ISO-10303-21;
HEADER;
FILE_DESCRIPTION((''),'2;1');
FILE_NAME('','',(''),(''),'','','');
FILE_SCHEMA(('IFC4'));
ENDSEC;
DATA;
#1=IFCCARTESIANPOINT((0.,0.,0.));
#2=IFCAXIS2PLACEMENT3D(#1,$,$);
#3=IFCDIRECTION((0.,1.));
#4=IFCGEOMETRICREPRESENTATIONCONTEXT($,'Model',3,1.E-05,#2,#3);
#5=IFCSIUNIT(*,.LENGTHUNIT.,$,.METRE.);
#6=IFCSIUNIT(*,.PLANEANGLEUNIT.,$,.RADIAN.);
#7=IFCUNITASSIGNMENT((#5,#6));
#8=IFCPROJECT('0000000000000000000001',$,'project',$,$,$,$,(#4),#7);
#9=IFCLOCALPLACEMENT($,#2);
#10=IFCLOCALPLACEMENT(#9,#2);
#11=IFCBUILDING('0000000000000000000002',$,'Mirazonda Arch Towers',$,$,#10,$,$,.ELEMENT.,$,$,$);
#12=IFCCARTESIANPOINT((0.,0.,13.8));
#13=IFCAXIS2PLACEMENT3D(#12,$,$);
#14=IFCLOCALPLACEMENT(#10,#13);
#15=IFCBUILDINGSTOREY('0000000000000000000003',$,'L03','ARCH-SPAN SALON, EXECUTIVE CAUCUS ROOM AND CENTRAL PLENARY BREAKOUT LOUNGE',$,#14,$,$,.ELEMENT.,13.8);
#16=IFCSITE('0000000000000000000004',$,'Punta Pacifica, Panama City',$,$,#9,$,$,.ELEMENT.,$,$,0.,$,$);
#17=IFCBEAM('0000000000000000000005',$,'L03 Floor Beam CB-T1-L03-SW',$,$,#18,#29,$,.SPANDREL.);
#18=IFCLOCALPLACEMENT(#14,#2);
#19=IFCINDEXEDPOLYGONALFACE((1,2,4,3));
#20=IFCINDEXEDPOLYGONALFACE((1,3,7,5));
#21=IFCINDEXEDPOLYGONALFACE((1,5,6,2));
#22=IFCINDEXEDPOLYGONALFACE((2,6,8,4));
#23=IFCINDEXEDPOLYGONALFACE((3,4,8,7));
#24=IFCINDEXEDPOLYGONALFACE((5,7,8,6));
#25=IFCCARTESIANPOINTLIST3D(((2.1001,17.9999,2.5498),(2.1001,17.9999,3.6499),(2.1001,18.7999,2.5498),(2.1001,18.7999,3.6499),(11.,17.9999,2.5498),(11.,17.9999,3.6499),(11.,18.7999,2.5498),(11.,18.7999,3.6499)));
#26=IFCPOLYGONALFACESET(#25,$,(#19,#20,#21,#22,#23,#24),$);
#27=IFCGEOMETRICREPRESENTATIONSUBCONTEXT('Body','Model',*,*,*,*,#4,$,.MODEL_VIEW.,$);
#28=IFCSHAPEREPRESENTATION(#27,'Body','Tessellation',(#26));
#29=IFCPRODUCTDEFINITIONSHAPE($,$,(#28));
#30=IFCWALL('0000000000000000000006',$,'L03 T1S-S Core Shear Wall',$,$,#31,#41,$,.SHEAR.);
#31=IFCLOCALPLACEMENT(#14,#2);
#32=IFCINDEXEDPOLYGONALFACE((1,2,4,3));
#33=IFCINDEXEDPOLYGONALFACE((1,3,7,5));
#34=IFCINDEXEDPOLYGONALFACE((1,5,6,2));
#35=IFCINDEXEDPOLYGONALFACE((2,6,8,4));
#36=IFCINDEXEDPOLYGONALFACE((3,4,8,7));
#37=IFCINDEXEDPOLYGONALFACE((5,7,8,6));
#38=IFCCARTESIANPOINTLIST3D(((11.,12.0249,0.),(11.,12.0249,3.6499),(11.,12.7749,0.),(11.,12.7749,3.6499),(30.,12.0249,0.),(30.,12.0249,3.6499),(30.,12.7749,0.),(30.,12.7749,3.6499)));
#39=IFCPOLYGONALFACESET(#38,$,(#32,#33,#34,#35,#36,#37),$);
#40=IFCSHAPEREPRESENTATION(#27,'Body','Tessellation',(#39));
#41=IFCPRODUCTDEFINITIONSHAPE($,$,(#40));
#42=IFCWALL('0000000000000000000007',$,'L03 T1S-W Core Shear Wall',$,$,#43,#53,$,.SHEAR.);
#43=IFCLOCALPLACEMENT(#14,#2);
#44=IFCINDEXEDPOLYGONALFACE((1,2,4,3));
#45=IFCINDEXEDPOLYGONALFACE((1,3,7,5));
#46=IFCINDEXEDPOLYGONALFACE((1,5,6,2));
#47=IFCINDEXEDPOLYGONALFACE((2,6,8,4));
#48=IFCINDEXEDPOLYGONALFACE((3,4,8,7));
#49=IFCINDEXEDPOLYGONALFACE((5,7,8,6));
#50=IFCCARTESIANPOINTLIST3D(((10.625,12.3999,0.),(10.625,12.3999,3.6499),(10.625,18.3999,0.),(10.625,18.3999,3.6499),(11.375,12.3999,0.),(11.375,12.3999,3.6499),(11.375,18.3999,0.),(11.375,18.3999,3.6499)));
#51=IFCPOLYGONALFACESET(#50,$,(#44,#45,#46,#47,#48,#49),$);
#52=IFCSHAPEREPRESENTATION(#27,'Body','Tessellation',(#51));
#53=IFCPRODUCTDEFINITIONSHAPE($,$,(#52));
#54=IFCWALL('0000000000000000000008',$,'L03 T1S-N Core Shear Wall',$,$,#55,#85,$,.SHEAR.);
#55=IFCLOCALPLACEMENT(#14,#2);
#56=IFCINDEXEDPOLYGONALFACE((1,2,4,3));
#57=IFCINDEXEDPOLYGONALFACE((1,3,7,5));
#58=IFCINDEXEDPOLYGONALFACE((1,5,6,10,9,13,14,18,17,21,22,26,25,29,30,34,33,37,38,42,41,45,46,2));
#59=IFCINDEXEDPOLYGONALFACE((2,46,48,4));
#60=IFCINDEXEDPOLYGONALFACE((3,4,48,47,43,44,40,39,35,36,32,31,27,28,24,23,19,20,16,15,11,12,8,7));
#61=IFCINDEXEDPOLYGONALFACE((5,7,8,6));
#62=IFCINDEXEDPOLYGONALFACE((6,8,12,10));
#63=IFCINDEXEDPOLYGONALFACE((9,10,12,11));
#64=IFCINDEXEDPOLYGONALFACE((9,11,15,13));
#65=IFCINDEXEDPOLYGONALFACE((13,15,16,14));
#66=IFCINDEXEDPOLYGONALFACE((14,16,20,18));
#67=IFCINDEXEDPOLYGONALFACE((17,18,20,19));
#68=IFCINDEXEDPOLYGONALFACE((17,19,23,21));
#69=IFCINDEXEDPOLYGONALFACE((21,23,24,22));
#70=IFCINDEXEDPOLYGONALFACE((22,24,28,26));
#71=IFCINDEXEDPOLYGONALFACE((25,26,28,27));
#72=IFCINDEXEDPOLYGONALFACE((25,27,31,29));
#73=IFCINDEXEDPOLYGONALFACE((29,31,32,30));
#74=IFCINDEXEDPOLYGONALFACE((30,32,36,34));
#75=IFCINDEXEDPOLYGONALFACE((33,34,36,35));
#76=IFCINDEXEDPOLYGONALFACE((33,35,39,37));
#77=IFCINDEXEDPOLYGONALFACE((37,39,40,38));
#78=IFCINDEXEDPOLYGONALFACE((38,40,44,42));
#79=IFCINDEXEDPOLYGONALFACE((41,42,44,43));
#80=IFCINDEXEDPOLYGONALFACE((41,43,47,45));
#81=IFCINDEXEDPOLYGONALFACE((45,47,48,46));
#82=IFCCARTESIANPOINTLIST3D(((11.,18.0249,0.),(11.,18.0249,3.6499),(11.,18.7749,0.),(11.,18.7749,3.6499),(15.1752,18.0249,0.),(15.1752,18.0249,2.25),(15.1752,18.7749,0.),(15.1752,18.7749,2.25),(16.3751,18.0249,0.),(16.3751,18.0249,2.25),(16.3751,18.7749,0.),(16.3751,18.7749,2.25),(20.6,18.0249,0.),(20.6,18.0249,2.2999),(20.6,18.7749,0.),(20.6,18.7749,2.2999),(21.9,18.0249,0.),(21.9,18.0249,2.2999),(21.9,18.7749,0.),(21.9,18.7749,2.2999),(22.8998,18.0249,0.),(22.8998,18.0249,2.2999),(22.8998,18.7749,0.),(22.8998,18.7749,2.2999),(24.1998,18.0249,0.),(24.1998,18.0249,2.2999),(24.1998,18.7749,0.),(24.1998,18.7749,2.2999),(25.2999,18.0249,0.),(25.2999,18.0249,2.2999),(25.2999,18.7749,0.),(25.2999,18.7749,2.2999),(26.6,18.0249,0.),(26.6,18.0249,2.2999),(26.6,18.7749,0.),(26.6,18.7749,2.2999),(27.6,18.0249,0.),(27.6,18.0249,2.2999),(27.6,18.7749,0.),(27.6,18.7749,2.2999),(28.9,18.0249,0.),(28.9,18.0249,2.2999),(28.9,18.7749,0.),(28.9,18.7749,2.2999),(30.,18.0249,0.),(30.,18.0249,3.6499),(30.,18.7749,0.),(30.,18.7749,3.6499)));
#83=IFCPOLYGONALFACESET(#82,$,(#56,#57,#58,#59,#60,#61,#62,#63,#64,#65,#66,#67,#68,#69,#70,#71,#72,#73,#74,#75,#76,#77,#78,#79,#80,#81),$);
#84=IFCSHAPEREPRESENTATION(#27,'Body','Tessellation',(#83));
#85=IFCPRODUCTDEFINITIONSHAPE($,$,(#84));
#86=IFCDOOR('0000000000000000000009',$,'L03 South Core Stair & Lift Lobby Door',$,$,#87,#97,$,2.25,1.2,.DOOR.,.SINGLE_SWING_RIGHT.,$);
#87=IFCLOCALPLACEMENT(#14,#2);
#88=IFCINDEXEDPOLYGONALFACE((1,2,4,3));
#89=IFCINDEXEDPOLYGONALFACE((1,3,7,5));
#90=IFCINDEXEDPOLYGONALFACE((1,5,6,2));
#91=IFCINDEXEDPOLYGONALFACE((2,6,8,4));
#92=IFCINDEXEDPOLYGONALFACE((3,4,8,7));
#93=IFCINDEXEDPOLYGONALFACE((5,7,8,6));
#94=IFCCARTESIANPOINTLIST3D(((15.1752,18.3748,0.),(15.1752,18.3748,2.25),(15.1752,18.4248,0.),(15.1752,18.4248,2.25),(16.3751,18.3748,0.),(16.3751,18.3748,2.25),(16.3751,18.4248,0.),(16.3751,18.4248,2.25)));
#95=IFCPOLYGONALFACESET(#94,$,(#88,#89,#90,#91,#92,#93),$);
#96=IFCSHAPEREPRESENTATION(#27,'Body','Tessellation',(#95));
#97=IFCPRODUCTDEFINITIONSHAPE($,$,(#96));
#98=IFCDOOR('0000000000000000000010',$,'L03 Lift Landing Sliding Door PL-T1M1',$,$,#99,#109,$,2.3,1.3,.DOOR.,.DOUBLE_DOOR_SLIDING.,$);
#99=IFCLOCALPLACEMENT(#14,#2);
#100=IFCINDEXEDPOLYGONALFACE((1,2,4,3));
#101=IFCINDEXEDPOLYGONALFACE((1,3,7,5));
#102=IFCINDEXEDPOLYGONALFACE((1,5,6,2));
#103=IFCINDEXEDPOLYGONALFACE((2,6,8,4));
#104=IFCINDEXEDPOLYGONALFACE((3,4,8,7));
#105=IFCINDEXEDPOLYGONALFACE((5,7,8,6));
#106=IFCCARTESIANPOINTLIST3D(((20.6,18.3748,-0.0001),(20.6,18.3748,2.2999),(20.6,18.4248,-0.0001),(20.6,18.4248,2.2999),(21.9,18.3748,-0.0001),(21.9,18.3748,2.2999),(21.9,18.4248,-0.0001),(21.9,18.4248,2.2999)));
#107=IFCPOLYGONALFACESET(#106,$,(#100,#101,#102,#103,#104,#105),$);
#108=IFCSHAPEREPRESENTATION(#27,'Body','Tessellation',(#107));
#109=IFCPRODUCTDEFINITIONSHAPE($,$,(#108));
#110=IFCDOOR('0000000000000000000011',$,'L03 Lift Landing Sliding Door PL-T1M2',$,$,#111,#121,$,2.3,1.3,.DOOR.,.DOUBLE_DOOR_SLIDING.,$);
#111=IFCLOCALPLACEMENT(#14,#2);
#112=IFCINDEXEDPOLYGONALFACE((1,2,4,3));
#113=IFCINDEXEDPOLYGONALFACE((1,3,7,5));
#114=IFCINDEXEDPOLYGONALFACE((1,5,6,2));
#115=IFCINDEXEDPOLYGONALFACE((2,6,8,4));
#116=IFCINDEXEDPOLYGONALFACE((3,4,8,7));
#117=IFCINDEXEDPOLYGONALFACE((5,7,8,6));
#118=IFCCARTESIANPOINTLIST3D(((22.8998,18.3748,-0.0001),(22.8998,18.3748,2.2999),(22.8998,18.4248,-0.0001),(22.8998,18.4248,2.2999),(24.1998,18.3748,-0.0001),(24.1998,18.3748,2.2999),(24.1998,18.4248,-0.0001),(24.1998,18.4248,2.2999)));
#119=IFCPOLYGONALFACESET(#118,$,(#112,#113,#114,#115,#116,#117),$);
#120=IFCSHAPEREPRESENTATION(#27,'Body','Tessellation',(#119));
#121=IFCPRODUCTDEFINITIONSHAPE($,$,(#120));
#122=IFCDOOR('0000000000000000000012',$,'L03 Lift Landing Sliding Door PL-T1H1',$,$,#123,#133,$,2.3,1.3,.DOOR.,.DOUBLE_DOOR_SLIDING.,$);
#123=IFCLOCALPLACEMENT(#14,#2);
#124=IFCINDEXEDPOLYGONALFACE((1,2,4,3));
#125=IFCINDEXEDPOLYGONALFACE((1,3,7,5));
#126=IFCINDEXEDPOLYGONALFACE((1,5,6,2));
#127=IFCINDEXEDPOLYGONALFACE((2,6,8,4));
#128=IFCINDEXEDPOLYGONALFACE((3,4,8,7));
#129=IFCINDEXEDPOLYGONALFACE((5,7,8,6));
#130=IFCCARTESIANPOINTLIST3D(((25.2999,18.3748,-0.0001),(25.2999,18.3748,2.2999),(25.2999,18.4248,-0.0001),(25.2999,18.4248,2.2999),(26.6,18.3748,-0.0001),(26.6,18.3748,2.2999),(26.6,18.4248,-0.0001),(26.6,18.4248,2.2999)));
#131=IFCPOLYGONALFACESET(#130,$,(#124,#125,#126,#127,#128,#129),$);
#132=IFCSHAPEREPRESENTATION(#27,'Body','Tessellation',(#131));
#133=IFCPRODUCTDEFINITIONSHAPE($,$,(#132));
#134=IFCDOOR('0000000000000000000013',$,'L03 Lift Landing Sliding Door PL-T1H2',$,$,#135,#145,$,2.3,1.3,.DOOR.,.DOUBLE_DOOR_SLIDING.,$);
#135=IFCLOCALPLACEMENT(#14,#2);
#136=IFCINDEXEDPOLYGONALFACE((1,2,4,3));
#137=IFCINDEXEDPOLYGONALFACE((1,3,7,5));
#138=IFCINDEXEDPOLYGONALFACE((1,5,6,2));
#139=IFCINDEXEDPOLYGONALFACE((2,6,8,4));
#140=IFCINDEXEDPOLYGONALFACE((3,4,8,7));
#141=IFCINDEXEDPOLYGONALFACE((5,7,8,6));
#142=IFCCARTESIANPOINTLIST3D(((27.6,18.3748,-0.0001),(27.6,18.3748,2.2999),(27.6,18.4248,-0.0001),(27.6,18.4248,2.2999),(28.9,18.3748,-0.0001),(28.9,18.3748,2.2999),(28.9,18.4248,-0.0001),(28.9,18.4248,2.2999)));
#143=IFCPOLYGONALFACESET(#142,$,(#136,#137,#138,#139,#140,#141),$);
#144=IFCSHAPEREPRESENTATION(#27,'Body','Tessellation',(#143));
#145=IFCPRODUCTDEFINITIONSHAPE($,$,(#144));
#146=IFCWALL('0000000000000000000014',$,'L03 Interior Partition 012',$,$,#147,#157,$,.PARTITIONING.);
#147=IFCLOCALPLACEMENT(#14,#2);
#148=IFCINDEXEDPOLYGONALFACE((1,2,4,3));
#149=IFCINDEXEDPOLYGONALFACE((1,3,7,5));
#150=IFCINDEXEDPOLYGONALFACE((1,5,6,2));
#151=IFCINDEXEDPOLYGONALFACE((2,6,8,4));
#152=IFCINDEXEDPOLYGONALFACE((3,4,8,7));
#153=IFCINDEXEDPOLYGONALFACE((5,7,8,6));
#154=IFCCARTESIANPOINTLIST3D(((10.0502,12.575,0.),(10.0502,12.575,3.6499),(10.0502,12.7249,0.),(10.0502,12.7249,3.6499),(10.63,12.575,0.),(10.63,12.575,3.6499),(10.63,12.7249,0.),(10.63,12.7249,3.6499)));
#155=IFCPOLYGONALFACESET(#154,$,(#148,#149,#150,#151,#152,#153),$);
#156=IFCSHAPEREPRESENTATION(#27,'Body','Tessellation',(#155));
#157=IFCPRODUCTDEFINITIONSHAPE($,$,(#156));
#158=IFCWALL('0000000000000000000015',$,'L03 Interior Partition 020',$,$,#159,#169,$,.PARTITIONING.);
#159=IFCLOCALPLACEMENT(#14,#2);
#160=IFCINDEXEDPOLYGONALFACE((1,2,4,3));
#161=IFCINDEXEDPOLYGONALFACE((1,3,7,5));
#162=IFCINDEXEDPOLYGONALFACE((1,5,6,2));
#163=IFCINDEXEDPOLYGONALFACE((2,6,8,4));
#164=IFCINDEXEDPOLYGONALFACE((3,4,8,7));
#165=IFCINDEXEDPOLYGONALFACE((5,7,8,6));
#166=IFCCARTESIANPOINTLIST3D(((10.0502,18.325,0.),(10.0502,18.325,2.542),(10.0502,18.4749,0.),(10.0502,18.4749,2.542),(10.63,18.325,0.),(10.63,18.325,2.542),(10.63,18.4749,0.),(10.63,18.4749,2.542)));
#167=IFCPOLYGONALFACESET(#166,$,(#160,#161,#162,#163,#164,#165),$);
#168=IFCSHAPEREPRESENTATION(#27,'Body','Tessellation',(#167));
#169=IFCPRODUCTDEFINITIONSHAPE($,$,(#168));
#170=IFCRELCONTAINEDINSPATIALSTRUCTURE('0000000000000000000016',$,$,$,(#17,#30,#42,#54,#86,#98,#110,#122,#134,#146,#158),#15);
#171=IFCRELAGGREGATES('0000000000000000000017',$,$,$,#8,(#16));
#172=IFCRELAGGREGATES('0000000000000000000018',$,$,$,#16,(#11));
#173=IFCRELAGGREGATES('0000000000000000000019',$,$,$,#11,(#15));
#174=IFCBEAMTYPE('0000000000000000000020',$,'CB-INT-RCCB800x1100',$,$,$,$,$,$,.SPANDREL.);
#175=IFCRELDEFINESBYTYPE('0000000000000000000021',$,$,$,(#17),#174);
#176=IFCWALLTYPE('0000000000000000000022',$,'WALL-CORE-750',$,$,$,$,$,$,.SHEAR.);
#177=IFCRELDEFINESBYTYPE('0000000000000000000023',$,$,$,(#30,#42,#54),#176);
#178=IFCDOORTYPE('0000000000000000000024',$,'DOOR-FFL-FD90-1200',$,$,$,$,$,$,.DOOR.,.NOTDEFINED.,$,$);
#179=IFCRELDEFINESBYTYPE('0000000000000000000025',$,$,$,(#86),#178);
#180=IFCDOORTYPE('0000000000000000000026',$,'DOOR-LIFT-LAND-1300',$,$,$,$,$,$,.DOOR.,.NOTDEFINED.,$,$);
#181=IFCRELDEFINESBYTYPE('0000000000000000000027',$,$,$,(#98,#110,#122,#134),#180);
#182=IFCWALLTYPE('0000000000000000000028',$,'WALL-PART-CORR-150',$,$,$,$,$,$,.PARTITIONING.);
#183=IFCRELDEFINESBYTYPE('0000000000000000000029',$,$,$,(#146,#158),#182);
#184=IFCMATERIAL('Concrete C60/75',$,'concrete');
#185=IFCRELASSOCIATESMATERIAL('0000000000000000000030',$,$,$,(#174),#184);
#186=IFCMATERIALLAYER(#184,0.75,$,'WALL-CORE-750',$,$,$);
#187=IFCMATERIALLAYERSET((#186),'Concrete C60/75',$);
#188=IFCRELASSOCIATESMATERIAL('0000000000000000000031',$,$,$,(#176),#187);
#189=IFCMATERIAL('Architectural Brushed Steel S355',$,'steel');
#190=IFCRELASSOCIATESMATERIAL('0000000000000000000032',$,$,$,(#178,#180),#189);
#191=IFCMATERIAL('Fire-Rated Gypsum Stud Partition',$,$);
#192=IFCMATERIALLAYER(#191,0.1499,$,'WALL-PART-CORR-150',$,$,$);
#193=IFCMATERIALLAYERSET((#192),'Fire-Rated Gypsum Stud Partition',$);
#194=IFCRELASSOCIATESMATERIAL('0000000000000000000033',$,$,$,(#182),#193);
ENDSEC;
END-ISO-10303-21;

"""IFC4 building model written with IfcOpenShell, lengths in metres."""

from ifc_helpers import new_model, si_unit, direction, frame, frame_2d, origin, origin_2d, place, context, subcontext, project, spatial, rectangle, extrude, material, layer, layer_set, material_profile, profile_set, type_object, element, fill, save


model = new_model("IFC4")

# Units and contexts
model_context = context("Model", 3, precision=1e-05, world=origin(), true_north=direction((0.0, 1.0)))
body_context = subcontext(model_context, "Body", "Model", "MODEL_VIEW")
ifc_project = project(units=[si_unit("LENGTHUNIT", "METRE"), si_unit("PLANEANGLEUNIT", "RADIAN")], contexts=[model_context])

# Site, building, storey
site_placement = place(None, origin())
site = spatial("IfcSite", under=ifc_project, at=site_placement, Name="Punta Pacifica, Panama City", CompositionType="ELEMENT", RefElevation=0.0)
building_placement = place(site_placement, origin())
building = spatial("IfcBuilding", under=site, at=building_placement, Name="Mirazonda Arch Towers", CompositionType="ELEMENT")
storey_placement = place(building_placement, frame((0.0, 0.0, 13.8)))
storey = spatial("IfcBuildingStorey", under=building, at=storey_placement, Name="L03", Description="ARCH-SPAN SALON, EXECUTIVE CAUCUS ROOM AND CENTRAL PLENARY BREAKOUT LOUNGE", CompositionType="ELEMENT", Elevation=13.8)

# Shared definitions
ifc_material_1 = material(Name="Concrete C60/75", Category="concrete")

# Beam
ifc_material_profile_1 = material_profile(ifc_material_1, rectangle(XDim=0.8, YDim=1.1001, at=origin_2d()), Name="RCCB800x1100")
ifc_profile_set_1 = profile_set([ifc_material_profile_1], Name="Concrete C60/75")
beam_type_1 = type_object("IfcBeamType", Name="CB-INT-RCCB800x1100", PredefinedType="SPANDREL", material=ifc_profile_set_1)
beam_1_placement = place(storey_placement, frame((2.1001, 18.3999, 3.0999), z_axis=(1.0, 0.0, 0.0), x_axis=(0.0, 1.0, 0.0)))
element("IfcBeam", 1, at=beam_1_placement, inside=storey, type_object=beam_type_1, Name="L03 Floor Beam CB-T1-L03-SW", PredefinedType="SPANDREL", context=body_context, shape_type="SweptSolid", body=[
    extrude(rectangle(XDim=0.8, YDim=1.1001, at=origin_2d()), origin(), (0.0, 0.0, 1.0), 8.8999),
])

# Walls
ifc_layer_1 = layer(ifc_material_1, 0.75, Name="WALL-CORE-750")
ifc_layer_set_1 = layer_set([ifc_layer_1], Name="Concrete C60/75")
wall_type_1 = type_object("IfcWallType", Name="WALL-CORE-750", PredefinedType="SHEAR", material=ifc_layer_set_1)
wall_1_placement = place(storey_placement, frame((11.0, 12.3999, 0.0), z_axis=(0.0, 0.0, 1.0), x_axis=(1.0, 0.0, 0.0)))
element("IfcWall", 2, at=wall_1_placement, inside=storey, type_object=wall_type_1, Name="L03 T1S-S Core Shear Wall", PredefinedType="SHEAR", context=body_context, shape_type="SweptSolid", body=[
    extrude(rectangle(XDim=19.0, YDim=0.75, at=frame_2d((9.5, 0.0))), origin(), (0.0, 0.0, 1.0), 3.6499),
])
wall_2_placement = place(storey_placement, frame((11.0, 12.3999, 0.0), z_axis=(0.0, 0.0, 1.0), x_axis=(0.0, 1.0, 0.0)))
element("IfcWall", 3, at=wall_2_placement, inside=storey, type_object=wall_type_1, Name="L03 T1S-W Core Shear Wall", PredefinedType="SHEAR", context=body_context, shape_type="SweptSolid", body=[
    extrude(rectangle(XDim=6.0, YDim=0.75, at=frame_2d((3.0, 0.0))), origin(), (0.0, 0.0, 1.0), 3.6499),
])

# Wall, openings, doors
wall_3_placement = place(storey_placement, frame((11.0, 18.3999, 0.0), z_axis=(0.0, 0.0, 1.0), x_axis=(1.0, 0.0, 0.0)))
wall_3 = element("IfcWall", 4, at=wall_3_placement, inside=storey, type_object=wall_type_1, Name="L03 T1S-N Core Shear Wall", PredefinedType="SHEAR", context=body_context, shape_type="SweptSolid", body=[
    extrude(rectangle(XDim=19.0, YDim=0.75, at=frame_2d((9.5, 0.0))), origin(), (0.0, 0.0, 1.0), 3.6499),
])
opening_1_placement = place(wall_3_placement, frame((4.175, 0.0, 0.0)))
opening_1 = element("IfcOpeningElement", 5, at=opening_1_placement, cuts=wall_3, PredefinedType="OPENING", context=body_context, shape_type="SweptSolid", body=[
    extrude(rectangle(XDim=1.2, YDim=2.25, at=frame_2d((0.6001, 1.125))), frame((0.0, 0.385, 0.0), z_axis=(0.0, -1.0, 0.0), x_axis=(1.0, 0.0, 0.0)), (0.0, 0.0, 1.0), 0.77),
])
opening_2_placement = place(wall_3_placement, frame((9.6001, 0.0, 0.0)))
opening_2 = element("IfcOpeningElement", 6, at=opening_2_placement, cuts=wall_3, PredefinedType="OPENING", context=body_context, shape_type="SweptSolid", body=[
    extrude(rectangle(XDim=1.3, YDim=2.3, at=frame_2d((0.6499, 1.1499))), frame((0.0, 0.385, 0.0), z_axis=(0.0, -1.0, 0.0), x_axis=(1.0, 0.0, 0.0)), (0.0, 0.0, 1.0), 0.77),
])
opening_3_placement = place(wall_3_placement, frame((11.8999, 0.0, 0.0)))
opening_3 = element("IfcOpeningElement", 7, at=opening_3_placement, cuts=wall_3, PredefinedType="OPENING", context=body_context, shape_type="SweptSolid", body=[
    extrude(rectangle(XDim=1.3, YDim=2.3, at=frame_2d((0.6499, 1.1499))), frame((0.0, 0.385, 0.0), z_axis=(0.0, -1.0, 0.0), x_axis=(1.0, 0.0, 0.0)), (0.0, 0.0, 1.0), 0.77),
])
opening_4_placement = place(wall_3_placement, frame((14.3, 0.0, 0.0)))
opening_4 = element("IfcOpeningElement", 8, at=opening_4_placement, cuts=wall_3, PredefinedType="OPENING", context=body_context, shape_type="SweptSolid", body=[
    extrude(rectangle(XDim=1.3, YDim=2.3, at=frame_2d((0.6499, 1.1499))), frame((0.0, 0.385, 0.0), z_axis=(0.0, -1.0, 0.0), x_axis=(1.0, 0.0, 0.0)), (0.0, 0.0, 1.0), 0.77),
])
opening_5_placement = place(wall_3_placement, frame((16.6001, 0.0, 0.0)))
opening_5 = element("IfcOpeningElement", 9, at=opening_5_placement, cuts=wall_3, PredefinedType="OPENING", context=body_context, shape_type="SweptSolid", body=[
    extrude(rectangle(XDim=1.3, YDim=2.3, at=frame_2d((0.6499, 1.1499))), frame((0.0, 0.385, 0.0), z_axis=(0.0, -1.0, 0.0), x_axis=(1.0, 0.0, 0.0)), (0.0, 0.0, 1.0), 0.77),
])
ifc_material_2 = material(Name="Architectural Brushed Steel S355", Category="steel")
door_type_1 = type_object("IfcDoorType", Name="DOOR-FFL-FD90-1200", OperationType="NOTDEFINED", PredefinedType="DOOR", material=ifc_material_2)
door_1_placement = place(opening_1_placement, origin())
door_1 = element("IfcDoor", 10, at=door_1_placement, inside=storey, type_object=door_type_1, Name="L03 South Core Stair & Lift Lobby Door", OperationType="SINGLE_SWING_RIGHT", OverallHeight=2.25, OverallWidth=1.2, PredefinedType="DOOR", context=body_context, shape_type="SweptSolid", body=[
    extrude(rectangle(XDim=1.2, YDim=2.25, at=frame_2d((0.6001, 1.125))), frame((0.0, 0.0249, 0.0), z_axis=(0.0, -1.0, 0.0), x_axis=(1.0, 0.0, 0.0)), (0.0, 0.0, 1.0), 0.05),
])
fill(opening_1, door_1)
door_type_2 = type_object("IfcDoorType", Name="DOOR-LIFT-LAND-1300", OperationType="NOTDEFINED", PredefinedType="DOOR", material=ifc_material_2)
door_2_placement = place(opening_2_placement, origin())
door_2 = element("IfcDoor", 11, at=door_2_placement, inside=storey, type_object=door_type_2, Name="L03 Lift Landing Sliding Door PL-T1M1", OperationType="DOUBLE_DOOR_SLIDING", OverallHeight=2.3, OverallWidth=1.3, PredefinedType="DOOR", context=body_context, shape_type="SweptSolid", body=[
    extrude(rectangle(XDim=1.3, YDim=2.3, at=frame_2d((0.6499, 1.1499))), frame((0.0, 0.0249, 0.0), z_axis=(0.0, -1.0, 0.0), x_axis=(1.0, 0.0, 0.0)), (0.0, 0.0, 1.0), 0.05),
])
fill(opening_2, door_2)
door_3_placement = place(opening_3_placement, origin())
door_3 = element("IfcDoor", 12, at=door_3_placement, inside=storey, type_object=door_type_2, Name="L03 Lift Landing Sliding Door PL-T1M2", OperationType="DOUBLE_DOOR_SLIDING", OverallHeight=2.3, OverallWidth=1.3, PredefinedType="DOOR", context=body_context, shape_type="SweptSolid", body=[
    extrude(rectangle(XDim=1.3, YDim=2.3, at=frame_2d((0.6499, 1.1499))), frame((0.0, 0.0249, 0.0), z_axis=(0.0, -1.0, 0.0), x_axis=(1.0, 0.0, 0.0)), (0.0, 0.0, 1.0), 0.05),
])
fill(opening_3, door_3)
door_4_placement = place(opening_4_placement, origin())
door_4 = element("IfcDoor", 13, at=door_4_placement, inside=storey, type_object=door_type_2, Name="L03 Lift Landing Sliding Door PL-T1H1", OperationType="DOUBLE_DOOR_SLIDING", OverallHeight=2.3, OverallWidth=1.3, PredefinedType="DOOR", context=body_context, shape_type="SweptSolid", body=[
    extrude(rectangle(XDim=1.3, YDim=2.3, at=frame_2d((0.6499, 1.1499))), frame((0.0, 0.0249, 0.0), z_axis=(0.0, -1.0, 0.0), x_axis=(1.0, 0.0, 0.0)), (0.0, 0.0, 1.0), 0.05),
])
fill(opening_4, door_4)
door_5_placement = place(opening_5_placement, origin())
door_5 = element("IfcDoor", 14, at=door_5_placement, inside=storey, type_object=door_type_2, Name="L03 Lift Landing Sliding Door PL-T1H2", OperationType="DOUBLE_DOOR_SLIDING", OverallHeight=2.3, OverallWidth=1.3, PredefinedType="DOOR", context=body_context, shape_type="SweptSolid", body=[
    extrude(rectangle(XDim=1.3, YDim=2.3, at=frame_2d((0.6499, 1.1499))), frame((0.0, 0.0249, 0.0), z_axis=(0.0, -1.0, 0.0), x_axis=(1.0, 0.0, 0.0)), (0.0, 0.0, 1.0), 0.05),
])
fill(opening_5, door_5)

# Walls
ifc_material_3 = material(Name="Fire-Rated Gypsum Stud Partition")
ifc_layer_2 = layer(ifc_material_3, 0.1499, Name="WALL-PART-CORR-150")
ifc_layer_set_2 = layer_set([ifc_layer_2], Name="Fire-Rated Gypsum Stud Partition")
wall_type_2 = type_object("IfcWallType", Name="WALL-PART-CORR-150", PredefinedType="PARTITIONING", material=ifc_layer_set_2)
wall_4_placement = place(storey_placement, frame((10.05, 12.6499, 0.0), z_axis=(0.0, 0.0, 1.0), x_axis=(1.0, 0.0, 0.0)))
element("IfcWall", 15, at=wall_4_placement, inside=storey, type_object=wall_type_2, Name="L03 Interior Partition 012", PredefinedType="PARTITIONING", context=body_context, shape_type="SweptSolid", body=[
    extrude(rectangle(XDim=0.5798, YDim=0.1499, at=frame_2d((0.29, 0.0))), origin(), (0.0, 0.0, 1.0), 3.6499),
])
wall_5_placement = place(storey_placement, frame((10.05, 18.3999, 0.0), z_axis=(0.0, 0.0, 1.0), x_axis=(1.0, 0.0, 0.0)))
element("IfcWall", 16, at=wall_5_placement, inside=storey, type_object=wall_type_2, Name="L03 Interior Partition 020", PredefinedType="PARTITIONING", context=body_context, shape_type="SweptSolid", body=[
    extrude(rectangle(XDim=0.5798, YDim=0.1499, at=frame_2d((0.29, 0.0))), origin(), (0.0, 0.0, 1.0), 2.542),
])

save(model, "model.ifc")
